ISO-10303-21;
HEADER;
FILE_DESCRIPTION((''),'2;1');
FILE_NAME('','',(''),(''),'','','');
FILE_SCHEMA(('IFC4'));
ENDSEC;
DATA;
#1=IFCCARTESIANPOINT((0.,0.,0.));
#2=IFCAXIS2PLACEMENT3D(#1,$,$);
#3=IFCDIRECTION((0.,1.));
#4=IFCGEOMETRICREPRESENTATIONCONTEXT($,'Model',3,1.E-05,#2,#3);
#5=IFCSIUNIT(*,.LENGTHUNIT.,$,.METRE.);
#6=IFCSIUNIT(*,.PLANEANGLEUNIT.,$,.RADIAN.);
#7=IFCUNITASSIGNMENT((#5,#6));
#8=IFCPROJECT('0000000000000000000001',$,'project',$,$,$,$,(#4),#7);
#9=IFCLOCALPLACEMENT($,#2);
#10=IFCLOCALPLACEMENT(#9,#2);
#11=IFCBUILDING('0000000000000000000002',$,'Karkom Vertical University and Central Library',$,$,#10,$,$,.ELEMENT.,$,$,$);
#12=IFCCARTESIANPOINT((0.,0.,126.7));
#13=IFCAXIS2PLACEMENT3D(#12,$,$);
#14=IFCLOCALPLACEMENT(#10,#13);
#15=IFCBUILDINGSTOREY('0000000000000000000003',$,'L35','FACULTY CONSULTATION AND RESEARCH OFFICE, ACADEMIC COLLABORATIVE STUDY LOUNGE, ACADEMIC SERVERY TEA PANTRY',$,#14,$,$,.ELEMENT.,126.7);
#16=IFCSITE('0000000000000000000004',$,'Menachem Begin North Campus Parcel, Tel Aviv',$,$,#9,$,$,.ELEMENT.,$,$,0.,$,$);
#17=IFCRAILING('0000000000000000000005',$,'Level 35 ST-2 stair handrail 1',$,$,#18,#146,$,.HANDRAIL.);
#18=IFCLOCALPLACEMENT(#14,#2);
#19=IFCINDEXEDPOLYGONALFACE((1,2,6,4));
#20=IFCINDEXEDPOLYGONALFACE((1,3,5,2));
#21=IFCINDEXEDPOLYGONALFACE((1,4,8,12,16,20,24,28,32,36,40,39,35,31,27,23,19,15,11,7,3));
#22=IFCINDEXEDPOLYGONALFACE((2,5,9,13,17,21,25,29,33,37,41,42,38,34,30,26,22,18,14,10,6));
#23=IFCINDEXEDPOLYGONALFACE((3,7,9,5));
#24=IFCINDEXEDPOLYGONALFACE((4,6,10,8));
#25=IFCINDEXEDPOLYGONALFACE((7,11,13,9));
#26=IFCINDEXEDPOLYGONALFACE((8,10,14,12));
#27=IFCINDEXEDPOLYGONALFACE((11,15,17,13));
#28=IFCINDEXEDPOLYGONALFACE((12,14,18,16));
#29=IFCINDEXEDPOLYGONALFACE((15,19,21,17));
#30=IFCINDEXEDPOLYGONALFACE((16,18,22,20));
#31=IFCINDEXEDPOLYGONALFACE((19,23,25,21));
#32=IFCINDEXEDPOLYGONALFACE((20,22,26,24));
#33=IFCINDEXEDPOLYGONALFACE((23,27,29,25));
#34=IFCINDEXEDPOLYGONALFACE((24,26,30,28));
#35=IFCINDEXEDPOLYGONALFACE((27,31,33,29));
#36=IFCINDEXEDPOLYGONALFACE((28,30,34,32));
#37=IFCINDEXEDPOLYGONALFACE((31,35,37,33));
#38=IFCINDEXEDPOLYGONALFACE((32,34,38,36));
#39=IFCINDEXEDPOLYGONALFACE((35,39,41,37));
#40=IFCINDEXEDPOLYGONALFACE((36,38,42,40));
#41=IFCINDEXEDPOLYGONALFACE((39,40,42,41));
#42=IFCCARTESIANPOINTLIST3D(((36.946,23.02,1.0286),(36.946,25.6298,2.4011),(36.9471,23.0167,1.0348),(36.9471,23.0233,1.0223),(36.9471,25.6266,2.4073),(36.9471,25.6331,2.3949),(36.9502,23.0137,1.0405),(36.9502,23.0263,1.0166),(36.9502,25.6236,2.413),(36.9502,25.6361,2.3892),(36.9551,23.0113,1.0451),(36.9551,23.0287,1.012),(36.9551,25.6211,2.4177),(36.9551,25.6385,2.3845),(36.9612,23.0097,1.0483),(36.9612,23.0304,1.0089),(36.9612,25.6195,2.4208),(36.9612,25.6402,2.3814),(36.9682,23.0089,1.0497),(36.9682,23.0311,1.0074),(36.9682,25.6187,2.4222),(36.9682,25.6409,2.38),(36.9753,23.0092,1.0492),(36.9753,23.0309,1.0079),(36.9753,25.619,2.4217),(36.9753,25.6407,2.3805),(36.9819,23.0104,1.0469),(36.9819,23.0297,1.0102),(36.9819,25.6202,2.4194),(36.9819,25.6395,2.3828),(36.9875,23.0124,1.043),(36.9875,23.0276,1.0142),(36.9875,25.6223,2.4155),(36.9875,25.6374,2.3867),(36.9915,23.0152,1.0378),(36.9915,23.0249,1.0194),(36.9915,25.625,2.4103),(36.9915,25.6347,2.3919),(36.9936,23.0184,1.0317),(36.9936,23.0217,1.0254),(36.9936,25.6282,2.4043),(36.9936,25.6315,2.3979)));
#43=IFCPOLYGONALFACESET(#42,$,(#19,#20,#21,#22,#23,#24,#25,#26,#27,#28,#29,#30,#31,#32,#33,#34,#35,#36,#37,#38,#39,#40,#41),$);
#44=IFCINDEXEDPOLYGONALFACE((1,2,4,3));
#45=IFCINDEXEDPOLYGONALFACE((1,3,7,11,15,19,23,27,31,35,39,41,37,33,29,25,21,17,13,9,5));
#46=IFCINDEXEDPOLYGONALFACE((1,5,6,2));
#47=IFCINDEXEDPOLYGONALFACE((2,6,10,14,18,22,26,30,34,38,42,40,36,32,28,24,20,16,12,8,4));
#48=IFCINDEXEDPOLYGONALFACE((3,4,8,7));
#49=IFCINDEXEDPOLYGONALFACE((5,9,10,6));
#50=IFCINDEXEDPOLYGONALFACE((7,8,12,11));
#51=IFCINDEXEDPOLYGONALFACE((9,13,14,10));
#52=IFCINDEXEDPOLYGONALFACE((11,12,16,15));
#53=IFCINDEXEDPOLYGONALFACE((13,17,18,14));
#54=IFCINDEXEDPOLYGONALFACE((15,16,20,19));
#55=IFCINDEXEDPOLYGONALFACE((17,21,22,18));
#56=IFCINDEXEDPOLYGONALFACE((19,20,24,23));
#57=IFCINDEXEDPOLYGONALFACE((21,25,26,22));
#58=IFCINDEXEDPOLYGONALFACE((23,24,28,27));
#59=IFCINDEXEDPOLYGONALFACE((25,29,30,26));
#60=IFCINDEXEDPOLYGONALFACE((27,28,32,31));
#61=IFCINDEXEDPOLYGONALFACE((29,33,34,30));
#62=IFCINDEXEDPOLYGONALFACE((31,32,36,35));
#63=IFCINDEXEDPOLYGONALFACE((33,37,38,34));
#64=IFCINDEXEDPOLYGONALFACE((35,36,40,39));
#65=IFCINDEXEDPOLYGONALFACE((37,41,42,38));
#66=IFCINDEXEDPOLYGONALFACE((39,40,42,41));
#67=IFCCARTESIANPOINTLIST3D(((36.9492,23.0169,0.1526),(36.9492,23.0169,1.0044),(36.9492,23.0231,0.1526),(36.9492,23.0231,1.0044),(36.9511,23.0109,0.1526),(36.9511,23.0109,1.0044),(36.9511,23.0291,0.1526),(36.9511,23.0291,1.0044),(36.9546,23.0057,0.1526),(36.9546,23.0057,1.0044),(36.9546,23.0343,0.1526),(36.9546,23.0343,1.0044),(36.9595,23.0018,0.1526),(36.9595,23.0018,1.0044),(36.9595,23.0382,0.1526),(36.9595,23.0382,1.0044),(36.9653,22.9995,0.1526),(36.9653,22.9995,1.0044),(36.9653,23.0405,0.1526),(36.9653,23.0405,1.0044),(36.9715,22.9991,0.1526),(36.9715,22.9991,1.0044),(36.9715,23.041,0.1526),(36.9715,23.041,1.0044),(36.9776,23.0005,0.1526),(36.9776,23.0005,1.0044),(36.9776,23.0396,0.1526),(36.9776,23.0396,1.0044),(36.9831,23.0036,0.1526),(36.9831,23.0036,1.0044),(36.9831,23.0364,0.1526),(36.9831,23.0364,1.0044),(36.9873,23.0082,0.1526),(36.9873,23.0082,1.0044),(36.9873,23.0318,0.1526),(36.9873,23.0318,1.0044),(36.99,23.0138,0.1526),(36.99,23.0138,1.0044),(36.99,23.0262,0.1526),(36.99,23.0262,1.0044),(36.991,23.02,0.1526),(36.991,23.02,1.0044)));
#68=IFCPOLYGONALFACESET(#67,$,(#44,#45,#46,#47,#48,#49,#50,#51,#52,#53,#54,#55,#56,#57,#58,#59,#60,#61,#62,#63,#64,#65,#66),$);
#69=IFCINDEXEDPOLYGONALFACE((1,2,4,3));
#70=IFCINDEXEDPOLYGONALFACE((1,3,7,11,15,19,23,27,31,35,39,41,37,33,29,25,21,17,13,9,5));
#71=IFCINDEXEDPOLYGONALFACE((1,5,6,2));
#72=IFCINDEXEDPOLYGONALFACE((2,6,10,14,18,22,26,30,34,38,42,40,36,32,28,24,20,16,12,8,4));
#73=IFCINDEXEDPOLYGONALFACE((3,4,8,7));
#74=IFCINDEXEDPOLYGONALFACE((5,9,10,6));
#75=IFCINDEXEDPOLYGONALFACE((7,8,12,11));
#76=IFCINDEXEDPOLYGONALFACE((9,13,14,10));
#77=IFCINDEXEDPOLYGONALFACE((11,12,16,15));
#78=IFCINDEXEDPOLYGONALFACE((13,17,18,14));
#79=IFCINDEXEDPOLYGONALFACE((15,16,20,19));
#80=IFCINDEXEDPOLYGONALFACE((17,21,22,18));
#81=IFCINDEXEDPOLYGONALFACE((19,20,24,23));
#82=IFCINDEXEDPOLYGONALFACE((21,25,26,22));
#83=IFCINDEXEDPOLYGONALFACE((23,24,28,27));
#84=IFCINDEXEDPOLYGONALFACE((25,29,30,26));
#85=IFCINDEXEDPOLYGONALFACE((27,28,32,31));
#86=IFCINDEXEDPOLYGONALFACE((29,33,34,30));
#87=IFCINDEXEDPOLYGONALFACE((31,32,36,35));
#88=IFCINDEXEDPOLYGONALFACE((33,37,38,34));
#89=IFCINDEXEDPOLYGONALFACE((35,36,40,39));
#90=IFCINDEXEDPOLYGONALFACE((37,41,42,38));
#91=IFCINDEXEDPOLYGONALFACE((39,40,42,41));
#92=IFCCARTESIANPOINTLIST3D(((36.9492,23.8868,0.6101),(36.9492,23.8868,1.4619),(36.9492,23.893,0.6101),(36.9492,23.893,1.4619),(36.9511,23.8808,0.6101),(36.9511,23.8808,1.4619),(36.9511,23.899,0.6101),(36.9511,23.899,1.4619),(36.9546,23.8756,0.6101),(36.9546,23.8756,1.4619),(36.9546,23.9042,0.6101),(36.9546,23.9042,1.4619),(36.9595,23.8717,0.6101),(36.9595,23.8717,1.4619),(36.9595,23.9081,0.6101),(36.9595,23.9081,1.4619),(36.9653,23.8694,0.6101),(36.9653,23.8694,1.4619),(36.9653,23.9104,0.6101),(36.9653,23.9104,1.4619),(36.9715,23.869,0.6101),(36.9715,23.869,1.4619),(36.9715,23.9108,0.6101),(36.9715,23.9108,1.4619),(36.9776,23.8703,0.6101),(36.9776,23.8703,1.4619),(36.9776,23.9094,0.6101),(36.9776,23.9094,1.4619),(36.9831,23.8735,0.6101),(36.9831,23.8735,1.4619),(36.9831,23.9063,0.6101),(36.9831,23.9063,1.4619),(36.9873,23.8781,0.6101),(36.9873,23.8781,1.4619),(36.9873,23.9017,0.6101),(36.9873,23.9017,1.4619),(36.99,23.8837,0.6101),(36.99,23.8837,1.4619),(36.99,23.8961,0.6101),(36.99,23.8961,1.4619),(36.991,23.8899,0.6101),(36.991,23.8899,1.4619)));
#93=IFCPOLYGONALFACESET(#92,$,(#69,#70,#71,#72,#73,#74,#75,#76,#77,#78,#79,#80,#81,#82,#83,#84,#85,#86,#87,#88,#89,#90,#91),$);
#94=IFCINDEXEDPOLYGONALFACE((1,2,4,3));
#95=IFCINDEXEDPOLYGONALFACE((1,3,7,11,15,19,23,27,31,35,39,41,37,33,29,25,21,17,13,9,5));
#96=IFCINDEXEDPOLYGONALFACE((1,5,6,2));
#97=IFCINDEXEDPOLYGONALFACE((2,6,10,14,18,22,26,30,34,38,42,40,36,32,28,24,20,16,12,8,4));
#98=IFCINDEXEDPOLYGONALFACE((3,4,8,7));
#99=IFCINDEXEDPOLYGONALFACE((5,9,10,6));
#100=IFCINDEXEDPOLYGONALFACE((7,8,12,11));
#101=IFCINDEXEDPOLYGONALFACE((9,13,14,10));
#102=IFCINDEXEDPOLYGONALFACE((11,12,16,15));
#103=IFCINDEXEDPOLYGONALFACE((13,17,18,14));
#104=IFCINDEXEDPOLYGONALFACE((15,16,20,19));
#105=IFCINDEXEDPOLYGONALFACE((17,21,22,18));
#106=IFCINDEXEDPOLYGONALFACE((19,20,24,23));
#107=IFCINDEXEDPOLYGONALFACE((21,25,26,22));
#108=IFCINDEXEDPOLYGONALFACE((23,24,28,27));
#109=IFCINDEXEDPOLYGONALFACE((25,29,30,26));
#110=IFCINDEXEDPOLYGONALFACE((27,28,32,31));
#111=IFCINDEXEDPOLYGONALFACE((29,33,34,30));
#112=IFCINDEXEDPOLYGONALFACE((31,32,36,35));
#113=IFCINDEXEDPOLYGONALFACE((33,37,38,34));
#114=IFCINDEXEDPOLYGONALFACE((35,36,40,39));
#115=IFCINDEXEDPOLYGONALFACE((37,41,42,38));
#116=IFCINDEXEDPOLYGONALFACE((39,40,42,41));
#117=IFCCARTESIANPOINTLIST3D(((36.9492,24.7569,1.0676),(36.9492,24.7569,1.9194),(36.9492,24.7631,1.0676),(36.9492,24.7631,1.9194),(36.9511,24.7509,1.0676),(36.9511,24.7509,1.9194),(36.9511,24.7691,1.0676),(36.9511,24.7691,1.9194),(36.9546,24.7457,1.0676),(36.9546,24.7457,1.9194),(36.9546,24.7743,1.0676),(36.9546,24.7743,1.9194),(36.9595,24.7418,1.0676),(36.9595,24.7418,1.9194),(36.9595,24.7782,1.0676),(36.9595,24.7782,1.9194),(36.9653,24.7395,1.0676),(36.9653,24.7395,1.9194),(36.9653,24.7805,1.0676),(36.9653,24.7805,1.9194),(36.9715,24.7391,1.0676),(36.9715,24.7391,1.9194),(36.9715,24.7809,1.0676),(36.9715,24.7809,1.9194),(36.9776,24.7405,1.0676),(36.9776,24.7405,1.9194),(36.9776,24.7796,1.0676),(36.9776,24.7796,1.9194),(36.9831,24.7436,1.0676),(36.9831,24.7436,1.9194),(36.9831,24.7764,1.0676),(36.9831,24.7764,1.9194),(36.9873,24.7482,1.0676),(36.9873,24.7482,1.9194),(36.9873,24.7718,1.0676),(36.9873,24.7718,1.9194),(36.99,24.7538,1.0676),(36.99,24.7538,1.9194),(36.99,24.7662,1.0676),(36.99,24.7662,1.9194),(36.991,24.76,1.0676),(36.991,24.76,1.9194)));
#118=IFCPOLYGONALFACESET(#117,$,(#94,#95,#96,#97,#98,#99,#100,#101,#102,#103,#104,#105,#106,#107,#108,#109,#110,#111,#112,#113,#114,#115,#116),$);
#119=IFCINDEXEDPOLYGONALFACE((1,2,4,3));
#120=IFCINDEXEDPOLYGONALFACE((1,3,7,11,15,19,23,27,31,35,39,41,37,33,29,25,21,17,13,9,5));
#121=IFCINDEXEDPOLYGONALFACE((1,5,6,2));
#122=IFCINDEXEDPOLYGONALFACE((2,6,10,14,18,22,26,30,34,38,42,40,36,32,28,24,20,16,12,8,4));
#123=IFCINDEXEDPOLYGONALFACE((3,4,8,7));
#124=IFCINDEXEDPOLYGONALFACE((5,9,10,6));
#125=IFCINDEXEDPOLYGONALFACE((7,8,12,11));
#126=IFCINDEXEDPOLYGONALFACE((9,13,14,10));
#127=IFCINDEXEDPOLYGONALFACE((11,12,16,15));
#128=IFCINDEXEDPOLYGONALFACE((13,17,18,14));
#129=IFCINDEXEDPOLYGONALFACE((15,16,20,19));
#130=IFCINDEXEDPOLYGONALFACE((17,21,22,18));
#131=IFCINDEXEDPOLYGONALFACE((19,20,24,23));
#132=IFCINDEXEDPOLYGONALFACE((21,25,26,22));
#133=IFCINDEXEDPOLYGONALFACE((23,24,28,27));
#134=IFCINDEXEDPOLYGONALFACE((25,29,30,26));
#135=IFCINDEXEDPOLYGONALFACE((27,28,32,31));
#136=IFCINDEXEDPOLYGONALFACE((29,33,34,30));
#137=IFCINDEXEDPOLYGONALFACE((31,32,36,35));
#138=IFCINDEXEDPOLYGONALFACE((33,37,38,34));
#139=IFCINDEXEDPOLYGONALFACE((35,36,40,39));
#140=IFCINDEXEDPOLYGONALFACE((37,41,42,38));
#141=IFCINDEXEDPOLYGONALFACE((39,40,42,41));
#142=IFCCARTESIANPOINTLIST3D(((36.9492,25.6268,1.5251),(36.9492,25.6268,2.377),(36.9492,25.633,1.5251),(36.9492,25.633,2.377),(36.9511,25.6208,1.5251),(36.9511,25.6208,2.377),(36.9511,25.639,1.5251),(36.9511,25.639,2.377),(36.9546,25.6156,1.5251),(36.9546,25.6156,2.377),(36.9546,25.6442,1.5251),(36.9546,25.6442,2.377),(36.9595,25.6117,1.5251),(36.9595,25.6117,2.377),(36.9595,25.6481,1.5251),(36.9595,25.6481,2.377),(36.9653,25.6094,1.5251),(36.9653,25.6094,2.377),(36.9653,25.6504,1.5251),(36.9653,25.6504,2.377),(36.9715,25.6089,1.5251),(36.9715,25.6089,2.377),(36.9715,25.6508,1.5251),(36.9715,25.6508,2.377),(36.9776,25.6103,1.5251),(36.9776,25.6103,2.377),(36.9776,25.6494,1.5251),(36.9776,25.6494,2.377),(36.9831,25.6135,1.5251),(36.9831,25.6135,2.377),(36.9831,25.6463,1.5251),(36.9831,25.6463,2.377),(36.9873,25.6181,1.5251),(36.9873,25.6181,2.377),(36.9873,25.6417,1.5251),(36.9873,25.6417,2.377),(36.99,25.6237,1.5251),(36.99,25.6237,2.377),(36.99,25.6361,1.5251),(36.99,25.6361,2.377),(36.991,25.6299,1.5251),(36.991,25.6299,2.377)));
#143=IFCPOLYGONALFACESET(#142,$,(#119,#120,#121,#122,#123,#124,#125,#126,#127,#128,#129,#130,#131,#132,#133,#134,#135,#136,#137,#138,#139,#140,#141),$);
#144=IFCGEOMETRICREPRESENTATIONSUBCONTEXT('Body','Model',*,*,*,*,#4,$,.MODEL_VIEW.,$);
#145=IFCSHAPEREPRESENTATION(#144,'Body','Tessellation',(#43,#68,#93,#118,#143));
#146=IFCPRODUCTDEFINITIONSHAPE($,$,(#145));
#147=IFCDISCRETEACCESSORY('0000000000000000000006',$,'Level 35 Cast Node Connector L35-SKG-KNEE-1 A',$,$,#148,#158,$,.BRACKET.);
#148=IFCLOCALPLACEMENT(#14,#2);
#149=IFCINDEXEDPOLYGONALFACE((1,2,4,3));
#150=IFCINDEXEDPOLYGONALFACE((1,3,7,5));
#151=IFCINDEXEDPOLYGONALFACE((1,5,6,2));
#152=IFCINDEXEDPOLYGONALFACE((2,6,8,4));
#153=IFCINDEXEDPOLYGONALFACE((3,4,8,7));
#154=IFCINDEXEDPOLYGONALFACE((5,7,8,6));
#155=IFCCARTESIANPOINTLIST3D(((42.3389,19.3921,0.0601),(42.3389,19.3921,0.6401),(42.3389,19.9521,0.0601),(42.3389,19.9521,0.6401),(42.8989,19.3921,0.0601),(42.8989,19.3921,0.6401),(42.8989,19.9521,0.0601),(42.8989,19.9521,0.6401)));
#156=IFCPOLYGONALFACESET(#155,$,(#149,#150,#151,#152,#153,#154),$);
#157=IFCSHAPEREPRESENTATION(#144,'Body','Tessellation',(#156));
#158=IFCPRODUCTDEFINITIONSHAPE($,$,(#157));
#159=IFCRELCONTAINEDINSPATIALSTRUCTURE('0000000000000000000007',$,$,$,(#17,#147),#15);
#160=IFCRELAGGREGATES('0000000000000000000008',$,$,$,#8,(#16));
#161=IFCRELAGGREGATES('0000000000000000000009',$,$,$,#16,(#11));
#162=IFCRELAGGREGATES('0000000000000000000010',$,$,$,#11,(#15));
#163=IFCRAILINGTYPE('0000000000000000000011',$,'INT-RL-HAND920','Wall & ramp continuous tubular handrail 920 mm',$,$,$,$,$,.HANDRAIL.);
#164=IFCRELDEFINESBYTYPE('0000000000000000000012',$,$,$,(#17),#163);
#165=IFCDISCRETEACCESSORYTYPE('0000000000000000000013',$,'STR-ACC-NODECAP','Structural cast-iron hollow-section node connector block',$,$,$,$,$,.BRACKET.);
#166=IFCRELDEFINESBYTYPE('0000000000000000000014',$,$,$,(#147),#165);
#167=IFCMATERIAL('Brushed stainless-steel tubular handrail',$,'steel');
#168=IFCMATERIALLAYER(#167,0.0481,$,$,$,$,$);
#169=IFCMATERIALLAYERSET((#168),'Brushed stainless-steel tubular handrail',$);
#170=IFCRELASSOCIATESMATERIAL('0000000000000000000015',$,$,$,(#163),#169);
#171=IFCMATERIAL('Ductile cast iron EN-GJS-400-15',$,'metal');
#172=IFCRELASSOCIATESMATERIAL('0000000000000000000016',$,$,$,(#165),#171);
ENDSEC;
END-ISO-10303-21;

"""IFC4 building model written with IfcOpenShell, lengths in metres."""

from ifc_helpers import new_model, si_unit, direction, frame, origin, origin_with_axes, origin_2d, place, context, subcontext, project, spatial, rectangle, circle, extrude, source, transform, mapped, material, layer, layer_set, type_object, element, save


model = new_model("IFC4")

# Units and contexts
model_context = context("Model", 3, precision=1e-05, world=origin(), true_north=direction((0.0, 1.0)))
body_context = subcontext(model_context, "Body", "Model", "MODEL_VIEW")
ifc_project = project(units=[si_unit("LENGTHUNIT", "METRE"), si_unit("PLANEANGLEUNIT", "RADIAN")], contexts=[model_context])

# Site, building, storey
site_placement = place(None, origin())
site = spatial("IfcSite", under=ifc_project, at=site_placement, Name="Menachem Begin North Campus Parcel, Tel Aviv", CompositionType="ELEMENT", RefElevation=0.0)
building_placement = place(site_placement, origin())
building = spatial("IfcBuilding", under=site, at=building_placement, Name="Karkom Vertical University and Central Library", CompositionType="ELEMENT")
storey_placement = place(building_placement, frame((0.0, 0.0, 126.7)))
storey = spatial("IfcBuildingStorey", under=building, at=storey_placement, Name="L35", Description="FACULTY CONSULTATION AND RESEARCH OFFICE, ACADEMIC COLLABORATIVE STUDY LOUNGE, ACADEMIC SERVERY TEA PANTRY", CompositionType="ELEMENT", Elevation=126.7)

# Railing
ifc_material_1 = material(Name="Brushed stainless-steel tubular handrail", Category="steel")
ifc_layer_1 = layer(ifc_material_1, 0.0481)
ifc_layer_set_1 = layer_set([ifc_layer_1], Name="Brushed stainless-steel tubular handrail")
railing_type_1 = type_object("IfcRailingType", Name="INT-RL-HAND920", Description="Wall & ramp continuous tubular handrail 920 mm", PredefinedType="HANDRAIL", material=ifc_layer_set_1)
railing_1_placement = place(storey_placement, frame((36.97, 23.02, 0.1526)))
element("IfcRailing", 1, at=railing_1_placement, inside=storey, type_object=railing_type_1, Name="Level 35 ST-2 stair handrail 1", PredefinedType="HANDRAIL", context=body_context, shape_type="SweptSolid", body=[
    extrude(circle(Radius=0.0239, at=origin_2d()), frame((0.0, 0.0, 0.876), z_axis=(0.0, 0.885065, 0.465467), x_axis=(-1.0, 0.0, 0.0)), (0.0, 0.0, 1.0), 2.9487),
    extrude(circle(Radius=0.021, at=origin_2d()), origin(), (0.0, 0.0, 1.0), 0.8518),
    extrude(circle(Radius=0.021, at=origin_2d()), frame((0.0, 0.8699, 0.4575)), (0.0, 0.0, 1.0), 0.8518),
    extrude(circle(Radius=0.021, at=origin_2d()), frame((0.0, 1.74, 0.915)), (0.0, 0.0, 1.0), 0.8518),
    extrude(circle(Radius=0.021, at=origin_2d()), frame((0.0, 2.6099, 1.3726)), (0.0, 0.0, 1.0), 0.8518),
])

# Discrete accessory
ifc_material_2 = material(Name="Ductile cast iron EN-GJS-400-15", Category="metal")
discrete_accessory_type = type_object("IfcDiscreteAccessoryType", Name="STR-ACC-NODECAP", Description="Structural cast-iron hollow-section node connector block", PredefinedType="BRACKET", material=ifc_material_2)
shared_shape_1 = source(origin_with_axes(), body_context, "Body", "SweptSolid", [
    extrude(rectangle(XDim=0.5601, YDim=0.5601, at=origin_2d()), origin(), (0.0, 0.0, 1.0), 0.5801),
])
discrete_accessory_placement = place(storey_placement, frame((42.6189, 19.6721, 0.0601), z_axis=(0.0, 0.0, 1.0), x_axis=(1.0, 0.0, 0.0)))
element("IfcDiscreteAccessory", 2, at=discrete_accessory_placement, inside=storey, type_object=discrete_accessory_type, Name="Level 35 Cast Node Connector L35-SKG-KNEE-1 A", PredefinedType="BRACKET", context=body_context, shape_type="MappedRepresentation", body=[
    mapped(shared_shape_1, transform((0.0, 0.0, 0.0), scale=1.0)),
])

save(model, "model.ifc")
